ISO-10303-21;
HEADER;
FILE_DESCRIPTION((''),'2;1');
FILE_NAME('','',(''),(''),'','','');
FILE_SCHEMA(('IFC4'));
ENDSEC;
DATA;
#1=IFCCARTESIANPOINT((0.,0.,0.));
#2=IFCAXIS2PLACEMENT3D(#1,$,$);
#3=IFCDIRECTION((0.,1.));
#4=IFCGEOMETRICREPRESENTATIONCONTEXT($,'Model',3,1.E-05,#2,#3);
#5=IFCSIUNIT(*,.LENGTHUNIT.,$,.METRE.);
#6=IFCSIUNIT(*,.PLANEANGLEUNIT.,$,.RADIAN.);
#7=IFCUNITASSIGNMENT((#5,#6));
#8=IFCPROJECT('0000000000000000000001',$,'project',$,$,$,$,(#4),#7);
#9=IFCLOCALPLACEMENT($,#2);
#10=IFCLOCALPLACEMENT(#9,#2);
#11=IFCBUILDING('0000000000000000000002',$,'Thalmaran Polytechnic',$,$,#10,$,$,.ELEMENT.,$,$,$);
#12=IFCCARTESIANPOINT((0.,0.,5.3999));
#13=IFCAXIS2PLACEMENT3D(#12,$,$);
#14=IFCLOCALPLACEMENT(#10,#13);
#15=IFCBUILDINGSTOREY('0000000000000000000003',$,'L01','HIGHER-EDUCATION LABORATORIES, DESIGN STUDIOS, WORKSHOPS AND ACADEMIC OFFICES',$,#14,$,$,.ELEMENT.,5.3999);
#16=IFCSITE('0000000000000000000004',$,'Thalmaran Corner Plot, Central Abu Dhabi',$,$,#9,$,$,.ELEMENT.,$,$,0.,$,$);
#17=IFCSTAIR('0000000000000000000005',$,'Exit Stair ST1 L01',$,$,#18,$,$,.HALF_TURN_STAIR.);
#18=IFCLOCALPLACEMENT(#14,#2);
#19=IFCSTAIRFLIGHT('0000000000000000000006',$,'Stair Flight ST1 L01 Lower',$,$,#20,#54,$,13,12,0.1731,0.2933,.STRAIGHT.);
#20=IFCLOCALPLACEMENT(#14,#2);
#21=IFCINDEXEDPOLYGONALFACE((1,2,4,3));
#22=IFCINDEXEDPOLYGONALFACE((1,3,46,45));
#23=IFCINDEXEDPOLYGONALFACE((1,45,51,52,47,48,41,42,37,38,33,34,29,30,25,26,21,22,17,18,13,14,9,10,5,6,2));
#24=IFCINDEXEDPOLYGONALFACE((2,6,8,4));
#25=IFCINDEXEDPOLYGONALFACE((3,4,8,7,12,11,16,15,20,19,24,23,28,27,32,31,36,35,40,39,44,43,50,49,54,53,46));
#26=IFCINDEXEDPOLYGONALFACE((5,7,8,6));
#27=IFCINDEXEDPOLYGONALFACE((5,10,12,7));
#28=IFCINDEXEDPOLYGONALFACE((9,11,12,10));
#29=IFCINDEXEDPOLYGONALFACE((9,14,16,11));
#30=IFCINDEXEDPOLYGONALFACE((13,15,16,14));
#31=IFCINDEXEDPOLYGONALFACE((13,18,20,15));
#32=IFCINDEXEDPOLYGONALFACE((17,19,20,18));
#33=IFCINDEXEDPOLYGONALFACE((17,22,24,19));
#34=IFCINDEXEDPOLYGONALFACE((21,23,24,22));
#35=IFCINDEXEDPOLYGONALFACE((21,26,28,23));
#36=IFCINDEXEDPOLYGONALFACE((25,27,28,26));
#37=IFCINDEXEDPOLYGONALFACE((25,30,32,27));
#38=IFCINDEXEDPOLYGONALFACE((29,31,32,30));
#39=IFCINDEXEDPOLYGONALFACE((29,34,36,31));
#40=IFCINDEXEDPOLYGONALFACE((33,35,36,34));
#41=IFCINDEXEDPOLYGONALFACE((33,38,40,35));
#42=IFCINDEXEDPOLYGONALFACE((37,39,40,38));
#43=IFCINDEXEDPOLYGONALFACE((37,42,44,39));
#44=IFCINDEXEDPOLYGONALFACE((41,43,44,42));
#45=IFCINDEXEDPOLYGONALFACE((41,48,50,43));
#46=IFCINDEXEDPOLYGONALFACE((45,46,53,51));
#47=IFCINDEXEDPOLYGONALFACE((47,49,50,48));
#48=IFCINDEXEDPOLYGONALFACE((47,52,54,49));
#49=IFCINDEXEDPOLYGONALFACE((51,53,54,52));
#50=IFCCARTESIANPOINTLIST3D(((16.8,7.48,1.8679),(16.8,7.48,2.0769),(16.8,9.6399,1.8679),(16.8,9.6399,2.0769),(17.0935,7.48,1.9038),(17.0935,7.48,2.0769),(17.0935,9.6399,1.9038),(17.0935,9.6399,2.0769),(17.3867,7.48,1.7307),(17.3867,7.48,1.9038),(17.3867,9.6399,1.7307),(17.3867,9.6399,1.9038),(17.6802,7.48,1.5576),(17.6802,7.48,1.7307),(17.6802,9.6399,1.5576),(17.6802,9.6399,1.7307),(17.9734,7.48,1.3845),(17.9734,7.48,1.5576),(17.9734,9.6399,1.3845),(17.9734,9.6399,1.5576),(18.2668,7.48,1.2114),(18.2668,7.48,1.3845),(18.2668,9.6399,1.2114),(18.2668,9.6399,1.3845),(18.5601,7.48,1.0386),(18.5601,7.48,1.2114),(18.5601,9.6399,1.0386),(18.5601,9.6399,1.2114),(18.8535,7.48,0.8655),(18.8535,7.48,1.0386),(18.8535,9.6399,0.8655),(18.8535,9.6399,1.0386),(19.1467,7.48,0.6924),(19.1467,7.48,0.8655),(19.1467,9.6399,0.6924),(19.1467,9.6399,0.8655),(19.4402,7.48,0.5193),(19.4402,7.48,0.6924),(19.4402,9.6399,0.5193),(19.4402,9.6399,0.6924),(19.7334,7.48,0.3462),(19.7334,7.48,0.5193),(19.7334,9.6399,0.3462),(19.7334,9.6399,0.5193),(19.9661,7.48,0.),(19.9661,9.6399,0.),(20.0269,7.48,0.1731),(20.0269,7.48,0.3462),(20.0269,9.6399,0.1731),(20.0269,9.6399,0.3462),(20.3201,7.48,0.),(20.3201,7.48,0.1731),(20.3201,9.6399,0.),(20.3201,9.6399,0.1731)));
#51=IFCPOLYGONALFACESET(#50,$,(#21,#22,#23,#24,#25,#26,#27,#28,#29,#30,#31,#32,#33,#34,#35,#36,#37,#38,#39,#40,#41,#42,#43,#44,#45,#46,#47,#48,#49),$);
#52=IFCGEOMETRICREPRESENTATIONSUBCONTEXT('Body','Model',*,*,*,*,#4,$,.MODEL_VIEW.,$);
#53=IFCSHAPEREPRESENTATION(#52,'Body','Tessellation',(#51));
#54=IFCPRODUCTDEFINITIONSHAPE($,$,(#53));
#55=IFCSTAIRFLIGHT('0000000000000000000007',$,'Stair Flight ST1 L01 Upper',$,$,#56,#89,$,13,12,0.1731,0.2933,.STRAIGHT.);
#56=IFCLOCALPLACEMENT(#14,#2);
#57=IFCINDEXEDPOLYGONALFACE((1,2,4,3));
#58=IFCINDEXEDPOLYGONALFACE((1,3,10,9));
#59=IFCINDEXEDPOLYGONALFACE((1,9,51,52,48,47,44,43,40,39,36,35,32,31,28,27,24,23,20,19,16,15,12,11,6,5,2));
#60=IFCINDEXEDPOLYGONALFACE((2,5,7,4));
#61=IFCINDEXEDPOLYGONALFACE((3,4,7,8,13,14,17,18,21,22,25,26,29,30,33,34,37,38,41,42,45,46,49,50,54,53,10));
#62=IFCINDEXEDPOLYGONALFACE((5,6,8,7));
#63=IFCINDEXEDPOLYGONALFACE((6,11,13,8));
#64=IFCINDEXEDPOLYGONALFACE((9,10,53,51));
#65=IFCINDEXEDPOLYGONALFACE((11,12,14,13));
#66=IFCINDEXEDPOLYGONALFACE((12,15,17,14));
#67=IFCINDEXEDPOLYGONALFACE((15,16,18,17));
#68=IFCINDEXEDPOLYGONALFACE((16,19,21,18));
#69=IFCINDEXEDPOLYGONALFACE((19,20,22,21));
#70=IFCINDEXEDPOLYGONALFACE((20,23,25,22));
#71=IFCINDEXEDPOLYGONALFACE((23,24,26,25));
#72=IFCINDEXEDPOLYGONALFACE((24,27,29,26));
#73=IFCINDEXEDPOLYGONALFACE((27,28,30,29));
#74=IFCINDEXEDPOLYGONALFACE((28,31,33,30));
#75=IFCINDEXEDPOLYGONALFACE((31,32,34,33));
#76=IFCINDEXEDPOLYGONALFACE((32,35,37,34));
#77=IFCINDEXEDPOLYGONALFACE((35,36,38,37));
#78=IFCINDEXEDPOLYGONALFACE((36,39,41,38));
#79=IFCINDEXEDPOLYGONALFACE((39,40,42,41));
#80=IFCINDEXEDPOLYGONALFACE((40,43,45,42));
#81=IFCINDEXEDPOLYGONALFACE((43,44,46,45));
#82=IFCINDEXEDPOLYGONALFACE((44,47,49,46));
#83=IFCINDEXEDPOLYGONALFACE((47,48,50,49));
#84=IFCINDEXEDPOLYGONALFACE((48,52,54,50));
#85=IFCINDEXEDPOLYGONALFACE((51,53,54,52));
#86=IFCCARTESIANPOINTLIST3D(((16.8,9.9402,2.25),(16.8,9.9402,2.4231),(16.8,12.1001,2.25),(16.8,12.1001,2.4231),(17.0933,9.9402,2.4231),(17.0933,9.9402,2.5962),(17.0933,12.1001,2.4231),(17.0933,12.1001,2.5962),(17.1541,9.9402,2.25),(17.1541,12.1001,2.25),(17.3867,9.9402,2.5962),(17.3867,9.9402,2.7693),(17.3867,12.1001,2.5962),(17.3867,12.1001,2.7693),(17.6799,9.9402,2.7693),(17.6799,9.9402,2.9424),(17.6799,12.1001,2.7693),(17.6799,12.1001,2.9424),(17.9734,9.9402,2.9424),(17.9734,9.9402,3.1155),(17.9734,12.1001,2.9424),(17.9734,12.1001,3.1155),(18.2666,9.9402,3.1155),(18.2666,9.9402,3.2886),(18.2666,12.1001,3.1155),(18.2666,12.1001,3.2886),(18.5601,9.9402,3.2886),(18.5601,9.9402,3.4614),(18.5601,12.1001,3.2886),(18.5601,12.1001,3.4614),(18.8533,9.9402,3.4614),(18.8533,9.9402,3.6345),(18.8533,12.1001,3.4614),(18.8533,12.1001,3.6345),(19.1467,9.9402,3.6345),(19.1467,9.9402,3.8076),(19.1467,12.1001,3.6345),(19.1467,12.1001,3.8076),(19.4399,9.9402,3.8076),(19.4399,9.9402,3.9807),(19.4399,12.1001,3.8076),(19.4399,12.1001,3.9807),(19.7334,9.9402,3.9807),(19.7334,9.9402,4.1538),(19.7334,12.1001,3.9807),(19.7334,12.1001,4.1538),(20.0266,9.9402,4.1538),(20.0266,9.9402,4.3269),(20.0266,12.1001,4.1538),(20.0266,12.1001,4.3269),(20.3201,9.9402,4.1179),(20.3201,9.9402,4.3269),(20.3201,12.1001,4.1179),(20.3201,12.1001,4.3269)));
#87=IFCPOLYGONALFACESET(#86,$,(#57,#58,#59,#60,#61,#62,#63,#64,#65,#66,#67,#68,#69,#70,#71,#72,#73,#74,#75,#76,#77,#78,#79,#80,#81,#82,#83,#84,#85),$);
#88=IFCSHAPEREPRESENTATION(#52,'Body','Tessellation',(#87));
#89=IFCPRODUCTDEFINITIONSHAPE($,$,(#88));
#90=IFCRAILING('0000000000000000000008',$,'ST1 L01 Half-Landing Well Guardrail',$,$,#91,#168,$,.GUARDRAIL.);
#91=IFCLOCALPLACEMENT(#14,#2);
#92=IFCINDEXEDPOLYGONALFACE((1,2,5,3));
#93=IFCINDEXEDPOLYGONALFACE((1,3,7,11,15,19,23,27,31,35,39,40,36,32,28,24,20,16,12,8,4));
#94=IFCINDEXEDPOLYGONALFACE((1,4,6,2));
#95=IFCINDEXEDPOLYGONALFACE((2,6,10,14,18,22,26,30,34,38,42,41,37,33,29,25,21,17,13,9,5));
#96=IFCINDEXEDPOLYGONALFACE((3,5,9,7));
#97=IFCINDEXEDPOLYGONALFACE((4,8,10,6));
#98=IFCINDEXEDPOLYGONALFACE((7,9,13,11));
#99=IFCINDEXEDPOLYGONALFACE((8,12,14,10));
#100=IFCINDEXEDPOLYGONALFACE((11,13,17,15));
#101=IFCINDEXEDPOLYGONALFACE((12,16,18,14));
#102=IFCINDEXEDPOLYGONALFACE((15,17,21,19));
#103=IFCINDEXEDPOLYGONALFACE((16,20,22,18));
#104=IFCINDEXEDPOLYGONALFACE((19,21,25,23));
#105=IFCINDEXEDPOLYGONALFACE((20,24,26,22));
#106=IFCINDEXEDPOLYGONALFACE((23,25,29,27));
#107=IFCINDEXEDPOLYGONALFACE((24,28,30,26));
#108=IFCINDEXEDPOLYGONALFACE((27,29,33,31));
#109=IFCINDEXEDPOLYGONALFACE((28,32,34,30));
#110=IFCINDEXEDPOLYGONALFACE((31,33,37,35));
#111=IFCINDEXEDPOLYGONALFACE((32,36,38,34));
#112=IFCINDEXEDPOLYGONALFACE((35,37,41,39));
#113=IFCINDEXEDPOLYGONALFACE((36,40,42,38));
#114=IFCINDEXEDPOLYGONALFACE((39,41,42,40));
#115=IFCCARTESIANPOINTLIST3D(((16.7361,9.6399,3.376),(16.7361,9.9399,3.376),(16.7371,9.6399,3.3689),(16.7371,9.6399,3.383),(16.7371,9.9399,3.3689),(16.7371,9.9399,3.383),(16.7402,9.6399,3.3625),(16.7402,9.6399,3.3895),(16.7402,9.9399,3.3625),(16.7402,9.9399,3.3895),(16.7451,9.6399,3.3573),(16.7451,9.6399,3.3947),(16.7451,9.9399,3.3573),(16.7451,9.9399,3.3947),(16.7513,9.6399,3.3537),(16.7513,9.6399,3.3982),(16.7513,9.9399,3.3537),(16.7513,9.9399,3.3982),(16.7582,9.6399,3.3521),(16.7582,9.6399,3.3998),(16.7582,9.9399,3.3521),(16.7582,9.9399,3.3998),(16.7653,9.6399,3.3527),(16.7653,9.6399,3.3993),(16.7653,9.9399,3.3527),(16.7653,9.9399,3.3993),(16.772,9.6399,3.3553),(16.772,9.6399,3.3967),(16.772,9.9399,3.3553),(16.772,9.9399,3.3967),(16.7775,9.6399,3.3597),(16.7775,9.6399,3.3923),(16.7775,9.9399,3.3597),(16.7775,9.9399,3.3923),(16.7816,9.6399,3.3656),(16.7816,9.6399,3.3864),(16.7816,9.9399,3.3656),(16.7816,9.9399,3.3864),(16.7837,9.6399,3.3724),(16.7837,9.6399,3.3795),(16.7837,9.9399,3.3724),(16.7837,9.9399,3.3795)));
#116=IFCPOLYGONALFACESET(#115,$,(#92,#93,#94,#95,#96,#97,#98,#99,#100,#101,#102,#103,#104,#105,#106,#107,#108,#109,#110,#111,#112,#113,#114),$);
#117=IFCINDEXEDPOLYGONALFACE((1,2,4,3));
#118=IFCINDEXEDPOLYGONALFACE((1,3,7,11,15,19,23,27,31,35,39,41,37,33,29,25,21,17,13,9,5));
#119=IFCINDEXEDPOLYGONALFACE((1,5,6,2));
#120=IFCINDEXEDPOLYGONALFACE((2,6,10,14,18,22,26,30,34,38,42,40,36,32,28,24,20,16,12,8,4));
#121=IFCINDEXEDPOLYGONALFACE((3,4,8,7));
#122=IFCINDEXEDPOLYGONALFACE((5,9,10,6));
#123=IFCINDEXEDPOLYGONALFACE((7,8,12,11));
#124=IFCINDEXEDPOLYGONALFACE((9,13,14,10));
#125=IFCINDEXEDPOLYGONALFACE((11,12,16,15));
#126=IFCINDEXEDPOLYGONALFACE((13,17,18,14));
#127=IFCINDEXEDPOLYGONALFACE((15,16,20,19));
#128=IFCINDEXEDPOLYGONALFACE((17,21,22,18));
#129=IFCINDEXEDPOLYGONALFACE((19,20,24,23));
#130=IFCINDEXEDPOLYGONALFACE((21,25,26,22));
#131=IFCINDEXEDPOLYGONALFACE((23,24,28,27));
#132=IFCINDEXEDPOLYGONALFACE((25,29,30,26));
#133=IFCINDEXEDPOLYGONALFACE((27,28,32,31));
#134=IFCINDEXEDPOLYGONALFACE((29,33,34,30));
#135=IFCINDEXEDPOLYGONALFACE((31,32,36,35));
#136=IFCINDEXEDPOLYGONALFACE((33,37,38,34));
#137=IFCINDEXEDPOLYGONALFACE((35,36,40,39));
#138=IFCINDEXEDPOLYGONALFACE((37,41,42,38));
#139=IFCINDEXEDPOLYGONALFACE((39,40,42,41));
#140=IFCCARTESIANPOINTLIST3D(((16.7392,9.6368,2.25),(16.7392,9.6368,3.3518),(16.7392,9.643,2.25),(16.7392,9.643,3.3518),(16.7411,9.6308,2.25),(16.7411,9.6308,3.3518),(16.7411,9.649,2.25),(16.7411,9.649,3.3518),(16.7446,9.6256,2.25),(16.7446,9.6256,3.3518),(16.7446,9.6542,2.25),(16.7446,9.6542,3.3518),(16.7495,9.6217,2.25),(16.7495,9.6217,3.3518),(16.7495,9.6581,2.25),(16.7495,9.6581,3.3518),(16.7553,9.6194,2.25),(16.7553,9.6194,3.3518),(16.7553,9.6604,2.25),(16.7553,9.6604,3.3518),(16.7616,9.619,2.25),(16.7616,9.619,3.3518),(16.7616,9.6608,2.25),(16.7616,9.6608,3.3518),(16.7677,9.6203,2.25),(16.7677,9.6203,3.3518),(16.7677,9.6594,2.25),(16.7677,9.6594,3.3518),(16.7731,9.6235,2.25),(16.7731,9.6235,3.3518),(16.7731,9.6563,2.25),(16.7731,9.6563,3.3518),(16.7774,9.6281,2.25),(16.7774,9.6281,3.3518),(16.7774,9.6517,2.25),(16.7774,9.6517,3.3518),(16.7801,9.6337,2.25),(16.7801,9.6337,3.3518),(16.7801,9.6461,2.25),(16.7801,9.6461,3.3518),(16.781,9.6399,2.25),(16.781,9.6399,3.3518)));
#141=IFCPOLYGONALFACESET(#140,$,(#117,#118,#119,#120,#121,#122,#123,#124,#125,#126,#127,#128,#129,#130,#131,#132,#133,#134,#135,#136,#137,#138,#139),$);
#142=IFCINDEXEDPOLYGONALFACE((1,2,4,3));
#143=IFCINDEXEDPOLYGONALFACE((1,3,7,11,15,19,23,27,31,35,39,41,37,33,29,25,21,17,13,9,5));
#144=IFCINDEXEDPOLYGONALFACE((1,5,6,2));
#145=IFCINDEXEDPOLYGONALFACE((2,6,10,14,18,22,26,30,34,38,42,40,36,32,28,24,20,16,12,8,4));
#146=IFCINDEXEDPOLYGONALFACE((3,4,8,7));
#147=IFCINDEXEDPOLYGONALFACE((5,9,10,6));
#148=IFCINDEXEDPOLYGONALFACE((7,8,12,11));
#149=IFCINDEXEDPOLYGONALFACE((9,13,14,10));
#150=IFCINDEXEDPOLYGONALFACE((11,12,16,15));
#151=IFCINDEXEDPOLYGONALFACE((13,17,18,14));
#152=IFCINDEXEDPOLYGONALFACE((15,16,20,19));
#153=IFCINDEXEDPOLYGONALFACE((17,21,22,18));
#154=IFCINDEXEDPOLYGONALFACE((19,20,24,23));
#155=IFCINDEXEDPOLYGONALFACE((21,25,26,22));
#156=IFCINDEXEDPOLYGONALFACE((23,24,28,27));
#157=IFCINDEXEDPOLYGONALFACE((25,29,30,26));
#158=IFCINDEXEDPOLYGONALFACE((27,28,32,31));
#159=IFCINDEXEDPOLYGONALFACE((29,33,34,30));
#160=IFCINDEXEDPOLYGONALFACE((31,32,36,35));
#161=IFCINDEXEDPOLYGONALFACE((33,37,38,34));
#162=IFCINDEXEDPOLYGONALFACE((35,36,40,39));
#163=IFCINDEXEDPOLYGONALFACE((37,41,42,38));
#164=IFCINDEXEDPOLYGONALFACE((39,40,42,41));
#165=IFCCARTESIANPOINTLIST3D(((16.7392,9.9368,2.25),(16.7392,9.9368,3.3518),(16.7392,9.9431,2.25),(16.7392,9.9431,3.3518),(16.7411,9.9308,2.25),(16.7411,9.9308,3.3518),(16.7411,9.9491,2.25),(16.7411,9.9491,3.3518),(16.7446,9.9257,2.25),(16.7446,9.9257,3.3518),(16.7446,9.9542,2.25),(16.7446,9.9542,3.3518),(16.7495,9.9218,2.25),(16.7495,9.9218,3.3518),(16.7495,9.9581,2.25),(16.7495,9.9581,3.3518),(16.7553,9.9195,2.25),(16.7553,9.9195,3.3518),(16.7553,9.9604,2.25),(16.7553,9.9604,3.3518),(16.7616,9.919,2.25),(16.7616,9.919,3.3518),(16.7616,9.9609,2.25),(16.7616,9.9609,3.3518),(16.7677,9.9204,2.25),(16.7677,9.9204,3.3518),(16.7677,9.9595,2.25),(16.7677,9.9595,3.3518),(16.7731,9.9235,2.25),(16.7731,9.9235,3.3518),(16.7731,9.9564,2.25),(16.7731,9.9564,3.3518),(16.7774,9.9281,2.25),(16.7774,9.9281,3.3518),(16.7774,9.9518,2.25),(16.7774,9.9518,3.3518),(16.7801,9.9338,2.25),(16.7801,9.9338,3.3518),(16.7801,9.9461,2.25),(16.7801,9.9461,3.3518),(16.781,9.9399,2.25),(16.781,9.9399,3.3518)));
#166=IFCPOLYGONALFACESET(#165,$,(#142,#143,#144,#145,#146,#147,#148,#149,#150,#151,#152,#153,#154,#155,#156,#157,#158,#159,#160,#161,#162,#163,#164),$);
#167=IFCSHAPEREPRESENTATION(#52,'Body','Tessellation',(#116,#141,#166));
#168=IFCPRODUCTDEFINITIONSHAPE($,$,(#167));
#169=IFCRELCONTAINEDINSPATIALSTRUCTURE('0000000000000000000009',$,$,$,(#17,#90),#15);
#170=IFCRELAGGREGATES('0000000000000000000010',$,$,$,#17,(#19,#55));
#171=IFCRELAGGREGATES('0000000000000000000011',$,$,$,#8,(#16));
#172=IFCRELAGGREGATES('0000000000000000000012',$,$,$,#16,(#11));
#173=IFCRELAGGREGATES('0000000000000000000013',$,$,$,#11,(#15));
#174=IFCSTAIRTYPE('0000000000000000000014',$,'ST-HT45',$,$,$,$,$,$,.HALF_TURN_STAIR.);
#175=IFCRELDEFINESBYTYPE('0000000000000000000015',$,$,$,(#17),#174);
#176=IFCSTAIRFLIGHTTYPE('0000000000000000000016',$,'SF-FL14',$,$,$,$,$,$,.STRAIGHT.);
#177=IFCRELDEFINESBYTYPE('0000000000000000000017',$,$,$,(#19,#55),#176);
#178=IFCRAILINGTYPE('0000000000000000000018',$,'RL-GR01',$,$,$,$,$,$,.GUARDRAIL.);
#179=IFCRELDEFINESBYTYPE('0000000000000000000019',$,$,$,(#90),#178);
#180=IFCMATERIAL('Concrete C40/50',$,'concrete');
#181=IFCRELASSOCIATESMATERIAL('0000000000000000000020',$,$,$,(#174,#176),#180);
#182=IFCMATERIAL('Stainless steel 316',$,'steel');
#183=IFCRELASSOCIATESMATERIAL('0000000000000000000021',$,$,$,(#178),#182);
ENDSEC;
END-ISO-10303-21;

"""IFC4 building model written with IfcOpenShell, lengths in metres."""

from ifc_helpers import new_model, si_unit, direction, frame, origin, origin_2d, place, context, subcontext, project, spatial, polyline, circle, outline, extrude, material, type_object, element, aggregate, save


model = new_model("IFC4")

# Units and contexts
model_context = context("Model", 3, precision=1e-05, world=origin(), true_north=direction((0.0, 1.0)))
body_context = subcontext(model_context, "Body", "Model", "MODEL_VIEW")
ifc_project = project(units=[si_unit("LENGTHUNIT", "METRE"), si_unit("PLANEANGLEUNIT", "RADIAN")], contexts=[model_context])

# Site, building, storey
site_placement = place(None, origin())
site = spatial("IfcSite", under=ifc_project, at=site_placement, Name="Thalmaran Corner Plot, Central Abu Dhabi", CompositionType="ELEMENT", RefElevation=0.0)
building_placement = place(site_placement, origin())
building = spatial("IfcBuilding", under=site, at=building_placement, Name="Thalmaran Polytechnic", CompositionType="ELEMENT")
storey_placement = place(building_placement, frame((0.0, 0.0, 5.3999)))
storey = spatial("IfcBuildingStorey", under=building, at=storey_placement, Name="L01", Description="HIGHER-EDUCATION LABORATORIES, DESIGN STUDIOS, WORKSHOPS AND ACADEMIC OFFICES", CompositionType="ELEMENT", Elevation=5.3999)

# Shared definitions
ifc_material_1 = material(Name="Concrete C40/50", Category="concrete")

# Stair, stair flights
stair_type = type_object("IfcStairType", Name="ST-HT45", PredefinedType="HALF_TURN_STAIR", material=ifc_material_1)
stair_placement = place(storey_placement, origin())
stair = element("IfcStair", 1, at=stair_placement, inside=storey, type_object=stair_type, Name="Exit Stair ST1 L01", PredefinedType="HALF_TURN_STAIR")
stair_flight_type = type_object("IfcStairFlightType", Name="SF-FL14", PredefinedType="STRAIGHT", material=ifc_material_1)
stair_flight_1_placement = place(storey_placement, frame((20.3201, 8.5601, 0.0), z_axis=(0.0, 0.0, 1.0), x_axis=(-1.0, 0.0, 0.0)))
stair_flight_1 = element("IfcStairFlight", 2, at=stair_flight_1_placement, type_object=stair_flight_type, Name="Stair Flight ST1 L01 Lower", NumberOfRisers=13, NumberOfTreads=12, PredefinedType="STRAIGHT", RiserHeight=0.1731, TreadLength=0.2933, context=body_context, shape_type="SweptSolid", body=[
    extrude(outline(polyline([(0.0, 0.0), (0.0, 0.1731), (0.2932, 0.1731), (0.2932, 0.3462), (0.5867, 0.3462), (0.5867, 0.5193), (0.8799, 0.5193), (0.8799, 0.6924), (1.1733, 0.6924), (1.1733, 0.8655), (1.4666, 0.8655), (1.4666, 1.0386), (1.76, 1.0386), (1.76, 1.2114), (2.0532, 1.2114), (2.0532, 1.3845), (2.3467, 1.3845), (2.3467, 1.5576), (2.6399, 1.5576), (2.6399, 1.7307), (2.9333, 1.7307), (2.9333, 1.9038), (3.2266, 1.9038), (3.2266, 2.0769), (3.52, 2.0769), (3.52, 2.25), (3.52, 1.8679), (0.354, 0.0), (0.0, 0.0)])), frame((0.0, 1.0801, 0.0), z_axis=(0.0, -1.0, 0.0), x_axis=(1.0, 0.0, 0.0)), (0.0, 0.0, 1.0), 2.1599),
])
stair_flight_2_placement = place(storey_placement, frame((16.8, 11.02, 2.25), z_axis=(0.0, 0.0, 1.0), x_axis=(1.0, 0.0, 0.0)))
stair_flight_2 = element("IfcStairFlight", 3, at=stair_flight_2_placement, type_object=stair_flight_type, Name="Stair Flight ST1 L01 Upper", NumberOfRisers=13, NumberOfTreads=12, PredefinedType="STRAIGHT", RiserHeight=0.1731, TreadLength=0.2933, context=body_context, shape_type="SweptSolid", body=[
    extrude(outline(polyline([(0.0, 0.0), (0.0, 0.1731), (0.2932, 0.1731), (0.2932, 0.3462), (0.5867, 0.3462), (0.5867, 0.5193), (0.8799, 0.5193), (0.8799, 0.6924), (1.1733, 0.6924), (1.1733, 0.8655), (1.4666, 0.8655), (1.4666, 1.0386), (1.76, 1.0386), (1.76, 1.2114), (2.0532, 1.2114), (2.0532, 1.3845), (2.3467, 1.3845), (2.3467, 1.5576), (2.6399, 1.5576), (2.6399, 1.7307), (2.9333, 1.7307), (2.9333, 1.9038), (3.2266, 1.9038), (3.2266, 2.0769), (3.52, 2.0769), (3.52, 2.25), (3.52, 1.8679), (0.354, 0.0), (0.0, 0.0)])), frame((0.0, 1.0801, 0.0), z_axis=(0.0, -1.0, 0.0), x_axis=(1.0, 0.0, 0.0)), (0.0, 0.0, 1.0), 2.1599),
])
aggregate(stair, [stair_flight_1, stair_flight_2])

# Railing
ifc_material_2 = material(Name="Stainless steel 316", Category="steel")
railing_type_1 = type_object("IfcRailingType", Name="RL-GR01", PredefinedType="GUARDRAIL", material=ifc_material_2)
railing_1_placement = place(storey_placement, frame((16.76, 9.6399, 2.25)))
element("IfcRailing", 4, at=railing_1_placement, inside=storey, type_object=railing_type_1, Name="ST1 L01 Half-Landing Well Guardrail", PredefinedType="GUARDRAIL", context=body_context, shape_type="SweptSolid", body=[
    extrude(circle(Radius=0.0239, at=origin_2d()), frame((0.0, 0.0, 1.126), z_axis=(0.0, 1.0, 0.0), x_axis=(-1.0, 0.0, 0.0)), (0.0, 0.0, 1.0), 0.3),
    extrude(circle(Radius=0.021, at=origin_2d()), origin(), (0.0, 0.0, 1.0), 1.1018),
    extrude(circle(Radius=0.021, at=origin_2d()), frame((0.0, 0.3, 0.0)), (0.0, 0.0, 1.0), 1.1018),
])

save(model, "model.ifc")
